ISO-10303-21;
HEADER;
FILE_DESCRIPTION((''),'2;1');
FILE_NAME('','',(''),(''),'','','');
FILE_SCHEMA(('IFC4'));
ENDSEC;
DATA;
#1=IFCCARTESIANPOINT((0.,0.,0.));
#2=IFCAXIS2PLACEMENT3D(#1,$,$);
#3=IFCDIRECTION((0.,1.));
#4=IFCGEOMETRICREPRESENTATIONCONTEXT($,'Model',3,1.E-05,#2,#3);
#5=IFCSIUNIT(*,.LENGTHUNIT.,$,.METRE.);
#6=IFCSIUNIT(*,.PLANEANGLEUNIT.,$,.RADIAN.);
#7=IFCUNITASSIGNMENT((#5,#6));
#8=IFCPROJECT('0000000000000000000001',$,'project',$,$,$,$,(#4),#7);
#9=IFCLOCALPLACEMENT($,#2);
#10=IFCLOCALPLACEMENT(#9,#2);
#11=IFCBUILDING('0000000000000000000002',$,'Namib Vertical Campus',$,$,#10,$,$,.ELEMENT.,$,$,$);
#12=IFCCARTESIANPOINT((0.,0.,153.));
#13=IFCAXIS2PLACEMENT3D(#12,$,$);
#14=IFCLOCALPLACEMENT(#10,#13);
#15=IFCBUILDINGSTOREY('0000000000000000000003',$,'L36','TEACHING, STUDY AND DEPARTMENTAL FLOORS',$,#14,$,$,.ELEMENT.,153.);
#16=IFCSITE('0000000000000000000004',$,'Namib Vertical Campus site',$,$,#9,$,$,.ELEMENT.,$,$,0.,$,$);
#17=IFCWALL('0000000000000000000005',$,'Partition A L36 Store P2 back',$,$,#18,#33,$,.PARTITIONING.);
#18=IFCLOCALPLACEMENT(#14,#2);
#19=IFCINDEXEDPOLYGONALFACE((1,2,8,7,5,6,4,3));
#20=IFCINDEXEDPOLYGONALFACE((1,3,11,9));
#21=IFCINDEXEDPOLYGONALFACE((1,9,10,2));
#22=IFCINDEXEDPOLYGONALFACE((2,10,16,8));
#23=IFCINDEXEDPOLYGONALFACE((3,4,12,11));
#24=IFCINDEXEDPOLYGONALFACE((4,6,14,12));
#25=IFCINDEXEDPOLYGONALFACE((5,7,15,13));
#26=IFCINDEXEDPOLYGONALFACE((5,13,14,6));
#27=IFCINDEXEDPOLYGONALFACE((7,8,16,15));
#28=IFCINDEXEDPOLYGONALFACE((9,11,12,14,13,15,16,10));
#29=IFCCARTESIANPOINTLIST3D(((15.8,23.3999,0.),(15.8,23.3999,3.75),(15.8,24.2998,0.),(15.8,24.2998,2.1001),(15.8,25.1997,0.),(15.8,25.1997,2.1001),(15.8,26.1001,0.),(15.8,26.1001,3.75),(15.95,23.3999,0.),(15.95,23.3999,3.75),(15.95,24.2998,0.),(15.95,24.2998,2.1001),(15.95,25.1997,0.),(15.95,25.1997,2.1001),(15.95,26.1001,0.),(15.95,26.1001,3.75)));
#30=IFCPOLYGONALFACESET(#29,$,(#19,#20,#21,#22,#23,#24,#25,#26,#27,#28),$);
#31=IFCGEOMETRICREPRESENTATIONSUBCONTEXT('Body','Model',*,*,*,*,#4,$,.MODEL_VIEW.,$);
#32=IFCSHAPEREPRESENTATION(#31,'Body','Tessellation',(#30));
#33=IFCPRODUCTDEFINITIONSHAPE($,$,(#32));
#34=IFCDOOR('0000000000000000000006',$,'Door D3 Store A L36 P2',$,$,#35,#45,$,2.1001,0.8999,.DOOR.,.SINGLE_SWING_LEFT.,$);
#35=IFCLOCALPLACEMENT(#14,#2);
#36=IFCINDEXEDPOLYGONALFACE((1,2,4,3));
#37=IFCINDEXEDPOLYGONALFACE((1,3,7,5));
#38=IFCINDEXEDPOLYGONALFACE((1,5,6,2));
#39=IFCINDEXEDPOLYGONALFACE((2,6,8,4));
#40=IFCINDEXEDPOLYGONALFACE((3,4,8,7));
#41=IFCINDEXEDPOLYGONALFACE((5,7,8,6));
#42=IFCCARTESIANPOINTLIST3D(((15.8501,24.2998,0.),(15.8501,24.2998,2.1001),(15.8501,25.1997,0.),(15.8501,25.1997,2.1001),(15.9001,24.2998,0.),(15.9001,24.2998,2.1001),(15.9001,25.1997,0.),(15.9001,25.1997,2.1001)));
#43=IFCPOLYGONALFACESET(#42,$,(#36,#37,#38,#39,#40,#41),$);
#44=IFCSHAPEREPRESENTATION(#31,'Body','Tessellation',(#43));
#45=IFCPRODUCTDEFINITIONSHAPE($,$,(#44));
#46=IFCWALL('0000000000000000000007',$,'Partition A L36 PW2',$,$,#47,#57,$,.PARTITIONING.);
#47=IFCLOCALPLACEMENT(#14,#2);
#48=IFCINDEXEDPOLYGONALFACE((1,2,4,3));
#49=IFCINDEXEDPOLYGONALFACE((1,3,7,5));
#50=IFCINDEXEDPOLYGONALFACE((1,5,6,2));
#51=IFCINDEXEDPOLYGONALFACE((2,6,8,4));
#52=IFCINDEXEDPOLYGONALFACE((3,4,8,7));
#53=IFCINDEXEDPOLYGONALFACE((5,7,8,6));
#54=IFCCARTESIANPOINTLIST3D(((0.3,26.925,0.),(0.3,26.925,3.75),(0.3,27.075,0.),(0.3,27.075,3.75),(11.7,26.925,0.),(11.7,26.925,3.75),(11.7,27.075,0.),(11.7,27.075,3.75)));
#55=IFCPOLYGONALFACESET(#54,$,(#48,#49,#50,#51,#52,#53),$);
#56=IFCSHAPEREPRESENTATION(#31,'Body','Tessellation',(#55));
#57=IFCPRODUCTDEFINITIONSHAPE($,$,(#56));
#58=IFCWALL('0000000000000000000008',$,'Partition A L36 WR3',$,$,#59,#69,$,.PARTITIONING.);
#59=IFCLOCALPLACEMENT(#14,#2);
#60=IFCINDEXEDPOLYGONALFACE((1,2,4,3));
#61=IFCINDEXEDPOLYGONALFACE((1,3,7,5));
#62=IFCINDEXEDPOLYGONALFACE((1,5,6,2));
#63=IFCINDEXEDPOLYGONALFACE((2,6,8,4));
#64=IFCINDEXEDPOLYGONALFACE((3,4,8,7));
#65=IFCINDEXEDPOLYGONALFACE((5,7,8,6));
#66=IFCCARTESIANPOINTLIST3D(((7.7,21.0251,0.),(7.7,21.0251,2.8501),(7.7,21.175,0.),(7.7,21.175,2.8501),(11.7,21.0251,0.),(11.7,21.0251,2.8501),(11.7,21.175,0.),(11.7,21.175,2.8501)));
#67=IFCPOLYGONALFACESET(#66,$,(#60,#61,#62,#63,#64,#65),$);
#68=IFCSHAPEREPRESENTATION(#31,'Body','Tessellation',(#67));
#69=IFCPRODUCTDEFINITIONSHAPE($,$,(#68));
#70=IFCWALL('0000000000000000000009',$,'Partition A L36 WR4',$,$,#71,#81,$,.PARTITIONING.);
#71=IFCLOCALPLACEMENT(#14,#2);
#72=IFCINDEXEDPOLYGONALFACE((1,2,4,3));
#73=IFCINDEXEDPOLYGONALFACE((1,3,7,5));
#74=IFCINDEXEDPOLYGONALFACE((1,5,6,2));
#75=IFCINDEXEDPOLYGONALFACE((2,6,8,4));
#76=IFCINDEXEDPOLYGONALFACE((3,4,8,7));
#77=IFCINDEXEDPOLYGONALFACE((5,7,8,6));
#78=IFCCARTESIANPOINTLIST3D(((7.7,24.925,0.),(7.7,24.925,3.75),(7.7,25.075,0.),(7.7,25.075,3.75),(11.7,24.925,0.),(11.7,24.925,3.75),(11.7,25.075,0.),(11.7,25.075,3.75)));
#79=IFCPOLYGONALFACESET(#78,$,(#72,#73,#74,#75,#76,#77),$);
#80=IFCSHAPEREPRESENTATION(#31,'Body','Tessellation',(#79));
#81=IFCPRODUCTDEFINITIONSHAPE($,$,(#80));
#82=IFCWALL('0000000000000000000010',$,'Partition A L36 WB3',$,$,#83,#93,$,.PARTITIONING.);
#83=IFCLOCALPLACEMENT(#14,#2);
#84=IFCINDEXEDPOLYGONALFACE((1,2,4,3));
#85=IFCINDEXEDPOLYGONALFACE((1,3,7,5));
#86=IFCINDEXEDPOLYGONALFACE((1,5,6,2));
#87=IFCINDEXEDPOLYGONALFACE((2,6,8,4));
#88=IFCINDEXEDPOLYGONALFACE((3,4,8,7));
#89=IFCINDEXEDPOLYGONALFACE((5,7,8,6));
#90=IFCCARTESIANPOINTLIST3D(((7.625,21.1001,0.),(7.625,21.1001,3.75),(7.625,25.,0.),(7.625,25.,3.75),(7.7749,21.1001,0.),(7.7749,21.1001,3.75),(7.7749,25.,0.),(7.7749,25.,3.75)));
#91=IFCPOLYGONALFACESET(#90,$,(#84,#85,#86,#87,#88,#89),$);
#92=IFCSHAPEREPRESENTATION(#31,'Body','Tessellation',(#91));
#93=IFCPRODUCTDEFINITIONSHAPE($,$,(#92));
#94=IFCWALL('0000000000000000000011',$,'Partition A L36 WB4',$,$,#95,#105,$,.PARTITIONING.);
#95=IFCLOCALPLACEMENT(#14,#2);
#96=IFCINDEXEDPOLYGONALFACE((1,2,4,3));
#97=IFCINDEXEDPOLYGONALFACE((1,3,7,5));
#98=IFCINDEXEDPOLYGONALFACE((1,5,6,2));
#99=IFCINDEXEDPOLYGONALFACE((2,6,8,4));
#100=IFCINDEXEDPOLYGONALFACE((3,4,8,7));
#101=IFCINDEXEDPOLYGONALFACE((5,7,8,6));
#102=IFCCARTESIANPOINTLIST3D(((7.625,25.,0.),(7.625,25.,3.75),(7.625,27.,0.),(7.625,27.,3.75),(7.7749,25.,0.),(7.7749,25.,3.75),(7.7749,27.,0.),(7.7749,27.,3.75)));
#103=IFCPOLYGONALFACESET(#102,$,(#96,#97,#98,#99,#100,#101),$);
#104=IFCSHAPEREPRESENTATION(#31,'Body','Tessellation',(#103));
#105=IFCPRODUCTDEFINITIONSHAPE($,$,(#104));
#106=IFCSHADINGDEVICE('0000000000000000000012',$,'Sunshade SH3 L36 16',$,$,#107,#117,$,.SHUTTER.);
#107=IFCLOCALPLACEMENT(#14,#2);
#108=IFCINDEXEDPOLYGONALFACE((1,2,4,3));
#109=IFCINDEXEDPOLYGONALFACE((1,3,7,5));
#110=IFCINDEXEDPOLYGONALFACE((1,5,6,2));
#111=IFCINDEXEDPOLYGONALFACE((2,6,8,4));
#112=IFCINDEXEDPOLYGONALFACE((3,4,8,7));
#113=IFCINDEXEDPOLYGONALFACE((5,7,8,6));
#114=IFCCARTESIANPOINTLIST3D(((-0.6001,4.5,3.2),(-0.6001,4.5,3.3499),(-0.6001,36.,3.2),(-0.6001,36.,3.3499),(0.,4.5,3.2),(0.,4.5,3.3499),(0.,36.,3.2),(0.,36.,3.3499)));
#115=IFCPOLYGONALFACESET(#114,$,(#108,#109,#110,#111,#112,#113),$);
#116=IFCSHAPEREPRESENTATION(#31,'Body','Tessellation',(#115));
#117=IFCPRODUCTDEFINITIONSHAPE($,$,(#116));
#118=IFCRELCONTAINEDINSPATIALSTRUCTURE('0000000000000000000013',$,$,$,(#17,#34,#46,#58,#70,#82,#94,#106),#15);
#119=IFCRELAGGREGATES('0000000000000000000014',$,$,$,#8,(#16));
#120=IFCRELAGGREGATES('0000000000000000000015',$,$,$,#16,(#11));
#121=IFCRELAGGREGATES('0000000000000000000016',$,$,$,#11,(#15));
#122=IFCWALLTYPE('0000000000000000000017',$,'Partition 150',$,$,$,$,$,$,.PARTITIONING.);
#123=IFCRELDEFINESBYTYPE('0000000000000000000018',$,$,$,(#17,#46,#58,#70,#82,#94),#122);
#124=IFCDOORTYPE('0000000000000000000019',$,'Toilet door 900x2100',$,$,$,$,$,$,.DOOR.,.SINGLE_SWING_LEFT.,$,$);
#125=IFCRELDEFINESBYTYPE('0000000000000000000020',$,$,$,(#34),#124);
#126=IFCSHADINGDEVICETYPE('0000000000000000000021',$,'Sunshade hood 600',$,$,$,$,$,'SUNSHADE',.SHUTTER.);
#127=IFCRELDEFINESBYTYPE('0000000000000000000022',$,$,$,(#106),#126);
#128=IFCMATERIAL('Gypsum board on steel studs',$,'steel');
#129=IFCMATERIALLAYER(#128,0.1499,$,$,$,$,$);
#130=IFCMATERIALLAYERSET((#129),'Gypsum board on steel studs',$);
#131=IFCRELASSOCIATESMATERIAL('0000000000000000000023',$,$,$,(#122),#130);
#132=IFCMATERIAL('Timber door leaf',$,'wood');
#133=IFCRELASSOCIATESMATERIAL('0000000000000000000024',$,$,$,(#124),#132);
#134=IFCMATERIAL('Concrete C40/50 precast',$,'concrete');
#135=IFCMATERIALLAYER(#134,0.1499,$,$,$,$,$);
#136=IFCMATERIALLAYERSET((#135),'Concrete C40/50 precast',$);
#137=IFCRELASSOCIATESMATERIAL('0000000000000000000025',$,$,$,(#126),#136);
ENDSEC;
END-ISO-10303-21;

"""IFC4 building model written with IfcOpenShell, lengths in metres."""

from ifc_helpers import new_model, si_unit, direction, frame, frame_2d, origin, origin_2d, place, context, subcontext, project, spatial, rectangle, extrude, material, layer, layer_set, type_object, element, fill, save


model = new_model("IFC4")

# Units and contexts
model_context = context("Model", 3, precision=1e-05, world=origin(), true_north=direction((0.0, 1.0)))
body_context = subcontext(model_context, "Body", "Model", "MODEL_VIEW")
ifc_project = project(units=[si_unit("LENGTHUNIT", "METRE"), si_unit("PLANEANGLEUNIT", "RADIAN")], contexts=[model_context])

# Site, building, storey
site_placement = place(None, origin())
site = spatial("IfcSite", under=ifc_project, at=site_placement, Name="Namib Vertical Campus site", CompositionType="ELEMENT", RefElevation=0.0)
building_placement = place(site_placement, origin())
building = spatial("IfcBuilding", under=site, at=building_placement, Name="Namib Vertical Campus", CompositionType="ELEMENT")
storey_placement = place(building_placement, frame((0.0, 0.0, 153.0)))
storey = spatial("IfcBuildingStorey", under=building, at=storey_placement, Name="L36", Description="TEACHING, STUDY AND DEPARTMENTAL FLOORS", CompositionType="ELEMENT", Elevation=153.0)

# Wall, opening, door
ifc_material_1 = material(Name="Gypsum board on steel studs", Category="steel")
ifc_layer_1 = layer(ifc_material_1, 0.1499)
ifc_layer_set_1 = layer_set([ifc_layer_1], Name="Gypsum board on steel studs")
wall_type_1 = type_object("IfcWallType", Name="Partition 150", PredefinedType="PARTITIONING", material=ifc_layer_set_1)
wall_1_placement = place(storey_placement, frame((15.875, 23.3999, 0.0), z_axis=(0.0, 0.0, 1.0), x_axis=(0.0, 1.0, 0.0)))
wall_1 = element("IfcWall", 1, at=wall_1_placement, inside=storey, type_object=wall_type_1, Name="Partition A L36 Store P2 back", PredefinedType="PARTITIONING", context=body_context, shape_type="SweptSolid", body=[
    extrude(rectangle(XDim=2.7002, YDim=0.1499, at=frame_2d((1.3501, 0.0))), origin(), (0.0, 0.0, 1.0), 3.75),
])
opening_1_placement = place(wall_1_placement, frame((0.8999, 0.0, 0.0)))
opening_1 = element("IfcOpeningElement", 2, at=opening_1_placement, cuts=wall_1, PredefinedType="OPENING", context=body_context, shape_type="SweptSolid", body=[
    extrude(rectangle(XDim=0.8999, YDim=2.1001, at=frame_2d((0.45, 1.05))), frame((0.0, 0.085, 0.0), z_axis=(0.0, -1.0, 0.0), x_axis=(1.0, 0.0, 0.0)), (0.0, 0.0, 1.0), 0.1699),
])
ifc_material_2 = material(Name="Timber door leaf", Category="wood")
door_type_1 = type_object("IfcDoorType", Name="Toilet door 900x2100", OperationType="SINGLE_SWING_LEFT", PredefinedType="DOOR", material=ifc_material_2)
door_1_placement = place(opening_1_placement, origin())
door_1 = element("IfcDoor", 3, at=door_1_placement, inside=storey, type_object=door_type_1, Name="Door D3 Store A L36 P2", OperationType="SINGLE_SWING_LEFT", OverallHeight=2.1001, OverallWidth=0.8999, PredefinedType="DOOR", context=body_context, shape_type="SweptSolid", body=[
    extrude(rectangle(XDim=0.8999, YDim=2.1001, at=frame_2d((0.45, 1.05))), frame((0.0, 0.0249, 0.0), z_axis=(0.0, -1.0, 0.0), x_axis=(1.0, 0.0, 0.0)), (0.0, 0.0, 1.0), 0.05),
])
fill(opening_1, door_1)

# Walls
wall_2_placement = place(storey_placement, frame((0.3, 27.0, 0.0), z_axis=(0.0, 0.0, 1.0), x_axis=(1.0, 0.0, 0.0)))
element("IfcWall", 4, at=wall_2_placement, inside=storey, type_object=wall_type_1, Name="Partition A L36 PW2", PredefinedType="PARTITIONING", context=body_context, shape_type="SweptSolid", body=[
    extrude(rectangle(XDim=11.3999, YDim=0.1499, at=frame_2d((5.7, 0.0))), origin(), (0.0, 0.0, 1.0), 3.75),
])
wall_3_placement = place(storey_placement, frame((11.7, 21.1001, 0.0), z_axis=(0.0, 0.0, 1.0), x_axis=(-1.0, 0.0, 0.0)))
element("IfcWall", 5, at=wall_3_placement, inside=storey, type_object=wall_type_1, Name="Partition A L36 WR3", PredefinedType="PARTITIONING", context=body_context, shape_type="SweptSolid", body=[
    extrude(rectangle(XDim=4.0, YDim=0.1499, at=frame_2d((2.0, 0.0))), origin(), (0.0, 0.0, 1.0), 2.8501),
])
wall_4_placement = place(storey_placement, frame((11.7, 25.0, 0.0), z_axis=(0.0, 0.0, 1.0), x_axis=(-1.0, 0.0, 0.0)))
element("IfcWall", 6, at=wall_4_placement, inside=storey, type_object=wall_type_1, Name="Partition A L36 WR4", PredefinedType="PARTITIONING", context=body_context, shape_type="SweptSolid", body=[
    extrude(rectangle(XDim=4.0, YDim=0.1499, at=frame_2d((2.0, 0.0))), origin(), (0.0, 0.0, 1.0), 3.75),
])
wall_5_placement = place(storey_placement, frame((7.7, 21.1001, 0.0), z_axis=(0.0, 0.0, 1.0), x_axis=(0.0, 1.0, 0.0)))
element("IfcWall", 7, at=wall_5_placement, inside=storey, type_object=wall_type_1, Name="Partition A L36 WB3", PredefinedType="PARTITIONING", context=body_context, shape_type="SweptSolid", body=[
    extrude(rectangle(XDim=3.8999, YDim=0.1499, at=frame_2d((1.95, 0.0))), origin(), (0.0, 0.0, 1.0), 3.75),
])
wall_6_placement = place(storey_placement, frame((7.7, 25.0, 0.0), z_axis=(0.0, 0.0, 1.0), x_axis=(0.0, 1.0, 0.0)))
element("IfcWall", 8, at=wall_6_placement, inside=storey, type_object=wall_type_1, Name="Partition A L36 WB4", PredefinedType="PARTITIONING", context=body_context, shape_type="SweptSolid", body=[
    extrude(rectangle(XDim=2.0, YDim=0.1499, at=frame_2d((1.0, 0.0))), origin(), (0.0, 0.0, 1.0), 3.75),
])

# Shading device
ifc_material_3 = material(Name="Concrete C40/50 precast", Category="concrete")
ifc_layer_2 = layer(ifc_material_3, 0.1499)
ifc_layer_set_2 = layer_set([ifc_layer_2], Name="Concrete C40/50 precast")
shading_device_type = type_object("IfcShadingDeviceType", Name="Sunshade hood 600", ElementType="SUNSHADE", PredefinedType="SHUTTER", material=ifc_layer_set_2)
shading_device_placement = place(storey_placement, frame((-0.3, 20.25, 3.2), z_axis=(0.0, 0.0, 1.0), x_axis=(0.0, -1.0, 0.0)))
element("IfcShadingDevice", 9, at=shading_device_placement, inside=storey, type_object=shading_device_type, Name="Sunshade SH3 L36 16", PredefinedType="SHUTTER", context=body_context, shape_type="SweptSolid", body=[
    extrude(rectangle(XDim=31.5, YDim=0.6001, at=origin_2d()), origin(), (0.0, 0.0, 1.0), 0.1499),
])

save(model, "model.ifc")
